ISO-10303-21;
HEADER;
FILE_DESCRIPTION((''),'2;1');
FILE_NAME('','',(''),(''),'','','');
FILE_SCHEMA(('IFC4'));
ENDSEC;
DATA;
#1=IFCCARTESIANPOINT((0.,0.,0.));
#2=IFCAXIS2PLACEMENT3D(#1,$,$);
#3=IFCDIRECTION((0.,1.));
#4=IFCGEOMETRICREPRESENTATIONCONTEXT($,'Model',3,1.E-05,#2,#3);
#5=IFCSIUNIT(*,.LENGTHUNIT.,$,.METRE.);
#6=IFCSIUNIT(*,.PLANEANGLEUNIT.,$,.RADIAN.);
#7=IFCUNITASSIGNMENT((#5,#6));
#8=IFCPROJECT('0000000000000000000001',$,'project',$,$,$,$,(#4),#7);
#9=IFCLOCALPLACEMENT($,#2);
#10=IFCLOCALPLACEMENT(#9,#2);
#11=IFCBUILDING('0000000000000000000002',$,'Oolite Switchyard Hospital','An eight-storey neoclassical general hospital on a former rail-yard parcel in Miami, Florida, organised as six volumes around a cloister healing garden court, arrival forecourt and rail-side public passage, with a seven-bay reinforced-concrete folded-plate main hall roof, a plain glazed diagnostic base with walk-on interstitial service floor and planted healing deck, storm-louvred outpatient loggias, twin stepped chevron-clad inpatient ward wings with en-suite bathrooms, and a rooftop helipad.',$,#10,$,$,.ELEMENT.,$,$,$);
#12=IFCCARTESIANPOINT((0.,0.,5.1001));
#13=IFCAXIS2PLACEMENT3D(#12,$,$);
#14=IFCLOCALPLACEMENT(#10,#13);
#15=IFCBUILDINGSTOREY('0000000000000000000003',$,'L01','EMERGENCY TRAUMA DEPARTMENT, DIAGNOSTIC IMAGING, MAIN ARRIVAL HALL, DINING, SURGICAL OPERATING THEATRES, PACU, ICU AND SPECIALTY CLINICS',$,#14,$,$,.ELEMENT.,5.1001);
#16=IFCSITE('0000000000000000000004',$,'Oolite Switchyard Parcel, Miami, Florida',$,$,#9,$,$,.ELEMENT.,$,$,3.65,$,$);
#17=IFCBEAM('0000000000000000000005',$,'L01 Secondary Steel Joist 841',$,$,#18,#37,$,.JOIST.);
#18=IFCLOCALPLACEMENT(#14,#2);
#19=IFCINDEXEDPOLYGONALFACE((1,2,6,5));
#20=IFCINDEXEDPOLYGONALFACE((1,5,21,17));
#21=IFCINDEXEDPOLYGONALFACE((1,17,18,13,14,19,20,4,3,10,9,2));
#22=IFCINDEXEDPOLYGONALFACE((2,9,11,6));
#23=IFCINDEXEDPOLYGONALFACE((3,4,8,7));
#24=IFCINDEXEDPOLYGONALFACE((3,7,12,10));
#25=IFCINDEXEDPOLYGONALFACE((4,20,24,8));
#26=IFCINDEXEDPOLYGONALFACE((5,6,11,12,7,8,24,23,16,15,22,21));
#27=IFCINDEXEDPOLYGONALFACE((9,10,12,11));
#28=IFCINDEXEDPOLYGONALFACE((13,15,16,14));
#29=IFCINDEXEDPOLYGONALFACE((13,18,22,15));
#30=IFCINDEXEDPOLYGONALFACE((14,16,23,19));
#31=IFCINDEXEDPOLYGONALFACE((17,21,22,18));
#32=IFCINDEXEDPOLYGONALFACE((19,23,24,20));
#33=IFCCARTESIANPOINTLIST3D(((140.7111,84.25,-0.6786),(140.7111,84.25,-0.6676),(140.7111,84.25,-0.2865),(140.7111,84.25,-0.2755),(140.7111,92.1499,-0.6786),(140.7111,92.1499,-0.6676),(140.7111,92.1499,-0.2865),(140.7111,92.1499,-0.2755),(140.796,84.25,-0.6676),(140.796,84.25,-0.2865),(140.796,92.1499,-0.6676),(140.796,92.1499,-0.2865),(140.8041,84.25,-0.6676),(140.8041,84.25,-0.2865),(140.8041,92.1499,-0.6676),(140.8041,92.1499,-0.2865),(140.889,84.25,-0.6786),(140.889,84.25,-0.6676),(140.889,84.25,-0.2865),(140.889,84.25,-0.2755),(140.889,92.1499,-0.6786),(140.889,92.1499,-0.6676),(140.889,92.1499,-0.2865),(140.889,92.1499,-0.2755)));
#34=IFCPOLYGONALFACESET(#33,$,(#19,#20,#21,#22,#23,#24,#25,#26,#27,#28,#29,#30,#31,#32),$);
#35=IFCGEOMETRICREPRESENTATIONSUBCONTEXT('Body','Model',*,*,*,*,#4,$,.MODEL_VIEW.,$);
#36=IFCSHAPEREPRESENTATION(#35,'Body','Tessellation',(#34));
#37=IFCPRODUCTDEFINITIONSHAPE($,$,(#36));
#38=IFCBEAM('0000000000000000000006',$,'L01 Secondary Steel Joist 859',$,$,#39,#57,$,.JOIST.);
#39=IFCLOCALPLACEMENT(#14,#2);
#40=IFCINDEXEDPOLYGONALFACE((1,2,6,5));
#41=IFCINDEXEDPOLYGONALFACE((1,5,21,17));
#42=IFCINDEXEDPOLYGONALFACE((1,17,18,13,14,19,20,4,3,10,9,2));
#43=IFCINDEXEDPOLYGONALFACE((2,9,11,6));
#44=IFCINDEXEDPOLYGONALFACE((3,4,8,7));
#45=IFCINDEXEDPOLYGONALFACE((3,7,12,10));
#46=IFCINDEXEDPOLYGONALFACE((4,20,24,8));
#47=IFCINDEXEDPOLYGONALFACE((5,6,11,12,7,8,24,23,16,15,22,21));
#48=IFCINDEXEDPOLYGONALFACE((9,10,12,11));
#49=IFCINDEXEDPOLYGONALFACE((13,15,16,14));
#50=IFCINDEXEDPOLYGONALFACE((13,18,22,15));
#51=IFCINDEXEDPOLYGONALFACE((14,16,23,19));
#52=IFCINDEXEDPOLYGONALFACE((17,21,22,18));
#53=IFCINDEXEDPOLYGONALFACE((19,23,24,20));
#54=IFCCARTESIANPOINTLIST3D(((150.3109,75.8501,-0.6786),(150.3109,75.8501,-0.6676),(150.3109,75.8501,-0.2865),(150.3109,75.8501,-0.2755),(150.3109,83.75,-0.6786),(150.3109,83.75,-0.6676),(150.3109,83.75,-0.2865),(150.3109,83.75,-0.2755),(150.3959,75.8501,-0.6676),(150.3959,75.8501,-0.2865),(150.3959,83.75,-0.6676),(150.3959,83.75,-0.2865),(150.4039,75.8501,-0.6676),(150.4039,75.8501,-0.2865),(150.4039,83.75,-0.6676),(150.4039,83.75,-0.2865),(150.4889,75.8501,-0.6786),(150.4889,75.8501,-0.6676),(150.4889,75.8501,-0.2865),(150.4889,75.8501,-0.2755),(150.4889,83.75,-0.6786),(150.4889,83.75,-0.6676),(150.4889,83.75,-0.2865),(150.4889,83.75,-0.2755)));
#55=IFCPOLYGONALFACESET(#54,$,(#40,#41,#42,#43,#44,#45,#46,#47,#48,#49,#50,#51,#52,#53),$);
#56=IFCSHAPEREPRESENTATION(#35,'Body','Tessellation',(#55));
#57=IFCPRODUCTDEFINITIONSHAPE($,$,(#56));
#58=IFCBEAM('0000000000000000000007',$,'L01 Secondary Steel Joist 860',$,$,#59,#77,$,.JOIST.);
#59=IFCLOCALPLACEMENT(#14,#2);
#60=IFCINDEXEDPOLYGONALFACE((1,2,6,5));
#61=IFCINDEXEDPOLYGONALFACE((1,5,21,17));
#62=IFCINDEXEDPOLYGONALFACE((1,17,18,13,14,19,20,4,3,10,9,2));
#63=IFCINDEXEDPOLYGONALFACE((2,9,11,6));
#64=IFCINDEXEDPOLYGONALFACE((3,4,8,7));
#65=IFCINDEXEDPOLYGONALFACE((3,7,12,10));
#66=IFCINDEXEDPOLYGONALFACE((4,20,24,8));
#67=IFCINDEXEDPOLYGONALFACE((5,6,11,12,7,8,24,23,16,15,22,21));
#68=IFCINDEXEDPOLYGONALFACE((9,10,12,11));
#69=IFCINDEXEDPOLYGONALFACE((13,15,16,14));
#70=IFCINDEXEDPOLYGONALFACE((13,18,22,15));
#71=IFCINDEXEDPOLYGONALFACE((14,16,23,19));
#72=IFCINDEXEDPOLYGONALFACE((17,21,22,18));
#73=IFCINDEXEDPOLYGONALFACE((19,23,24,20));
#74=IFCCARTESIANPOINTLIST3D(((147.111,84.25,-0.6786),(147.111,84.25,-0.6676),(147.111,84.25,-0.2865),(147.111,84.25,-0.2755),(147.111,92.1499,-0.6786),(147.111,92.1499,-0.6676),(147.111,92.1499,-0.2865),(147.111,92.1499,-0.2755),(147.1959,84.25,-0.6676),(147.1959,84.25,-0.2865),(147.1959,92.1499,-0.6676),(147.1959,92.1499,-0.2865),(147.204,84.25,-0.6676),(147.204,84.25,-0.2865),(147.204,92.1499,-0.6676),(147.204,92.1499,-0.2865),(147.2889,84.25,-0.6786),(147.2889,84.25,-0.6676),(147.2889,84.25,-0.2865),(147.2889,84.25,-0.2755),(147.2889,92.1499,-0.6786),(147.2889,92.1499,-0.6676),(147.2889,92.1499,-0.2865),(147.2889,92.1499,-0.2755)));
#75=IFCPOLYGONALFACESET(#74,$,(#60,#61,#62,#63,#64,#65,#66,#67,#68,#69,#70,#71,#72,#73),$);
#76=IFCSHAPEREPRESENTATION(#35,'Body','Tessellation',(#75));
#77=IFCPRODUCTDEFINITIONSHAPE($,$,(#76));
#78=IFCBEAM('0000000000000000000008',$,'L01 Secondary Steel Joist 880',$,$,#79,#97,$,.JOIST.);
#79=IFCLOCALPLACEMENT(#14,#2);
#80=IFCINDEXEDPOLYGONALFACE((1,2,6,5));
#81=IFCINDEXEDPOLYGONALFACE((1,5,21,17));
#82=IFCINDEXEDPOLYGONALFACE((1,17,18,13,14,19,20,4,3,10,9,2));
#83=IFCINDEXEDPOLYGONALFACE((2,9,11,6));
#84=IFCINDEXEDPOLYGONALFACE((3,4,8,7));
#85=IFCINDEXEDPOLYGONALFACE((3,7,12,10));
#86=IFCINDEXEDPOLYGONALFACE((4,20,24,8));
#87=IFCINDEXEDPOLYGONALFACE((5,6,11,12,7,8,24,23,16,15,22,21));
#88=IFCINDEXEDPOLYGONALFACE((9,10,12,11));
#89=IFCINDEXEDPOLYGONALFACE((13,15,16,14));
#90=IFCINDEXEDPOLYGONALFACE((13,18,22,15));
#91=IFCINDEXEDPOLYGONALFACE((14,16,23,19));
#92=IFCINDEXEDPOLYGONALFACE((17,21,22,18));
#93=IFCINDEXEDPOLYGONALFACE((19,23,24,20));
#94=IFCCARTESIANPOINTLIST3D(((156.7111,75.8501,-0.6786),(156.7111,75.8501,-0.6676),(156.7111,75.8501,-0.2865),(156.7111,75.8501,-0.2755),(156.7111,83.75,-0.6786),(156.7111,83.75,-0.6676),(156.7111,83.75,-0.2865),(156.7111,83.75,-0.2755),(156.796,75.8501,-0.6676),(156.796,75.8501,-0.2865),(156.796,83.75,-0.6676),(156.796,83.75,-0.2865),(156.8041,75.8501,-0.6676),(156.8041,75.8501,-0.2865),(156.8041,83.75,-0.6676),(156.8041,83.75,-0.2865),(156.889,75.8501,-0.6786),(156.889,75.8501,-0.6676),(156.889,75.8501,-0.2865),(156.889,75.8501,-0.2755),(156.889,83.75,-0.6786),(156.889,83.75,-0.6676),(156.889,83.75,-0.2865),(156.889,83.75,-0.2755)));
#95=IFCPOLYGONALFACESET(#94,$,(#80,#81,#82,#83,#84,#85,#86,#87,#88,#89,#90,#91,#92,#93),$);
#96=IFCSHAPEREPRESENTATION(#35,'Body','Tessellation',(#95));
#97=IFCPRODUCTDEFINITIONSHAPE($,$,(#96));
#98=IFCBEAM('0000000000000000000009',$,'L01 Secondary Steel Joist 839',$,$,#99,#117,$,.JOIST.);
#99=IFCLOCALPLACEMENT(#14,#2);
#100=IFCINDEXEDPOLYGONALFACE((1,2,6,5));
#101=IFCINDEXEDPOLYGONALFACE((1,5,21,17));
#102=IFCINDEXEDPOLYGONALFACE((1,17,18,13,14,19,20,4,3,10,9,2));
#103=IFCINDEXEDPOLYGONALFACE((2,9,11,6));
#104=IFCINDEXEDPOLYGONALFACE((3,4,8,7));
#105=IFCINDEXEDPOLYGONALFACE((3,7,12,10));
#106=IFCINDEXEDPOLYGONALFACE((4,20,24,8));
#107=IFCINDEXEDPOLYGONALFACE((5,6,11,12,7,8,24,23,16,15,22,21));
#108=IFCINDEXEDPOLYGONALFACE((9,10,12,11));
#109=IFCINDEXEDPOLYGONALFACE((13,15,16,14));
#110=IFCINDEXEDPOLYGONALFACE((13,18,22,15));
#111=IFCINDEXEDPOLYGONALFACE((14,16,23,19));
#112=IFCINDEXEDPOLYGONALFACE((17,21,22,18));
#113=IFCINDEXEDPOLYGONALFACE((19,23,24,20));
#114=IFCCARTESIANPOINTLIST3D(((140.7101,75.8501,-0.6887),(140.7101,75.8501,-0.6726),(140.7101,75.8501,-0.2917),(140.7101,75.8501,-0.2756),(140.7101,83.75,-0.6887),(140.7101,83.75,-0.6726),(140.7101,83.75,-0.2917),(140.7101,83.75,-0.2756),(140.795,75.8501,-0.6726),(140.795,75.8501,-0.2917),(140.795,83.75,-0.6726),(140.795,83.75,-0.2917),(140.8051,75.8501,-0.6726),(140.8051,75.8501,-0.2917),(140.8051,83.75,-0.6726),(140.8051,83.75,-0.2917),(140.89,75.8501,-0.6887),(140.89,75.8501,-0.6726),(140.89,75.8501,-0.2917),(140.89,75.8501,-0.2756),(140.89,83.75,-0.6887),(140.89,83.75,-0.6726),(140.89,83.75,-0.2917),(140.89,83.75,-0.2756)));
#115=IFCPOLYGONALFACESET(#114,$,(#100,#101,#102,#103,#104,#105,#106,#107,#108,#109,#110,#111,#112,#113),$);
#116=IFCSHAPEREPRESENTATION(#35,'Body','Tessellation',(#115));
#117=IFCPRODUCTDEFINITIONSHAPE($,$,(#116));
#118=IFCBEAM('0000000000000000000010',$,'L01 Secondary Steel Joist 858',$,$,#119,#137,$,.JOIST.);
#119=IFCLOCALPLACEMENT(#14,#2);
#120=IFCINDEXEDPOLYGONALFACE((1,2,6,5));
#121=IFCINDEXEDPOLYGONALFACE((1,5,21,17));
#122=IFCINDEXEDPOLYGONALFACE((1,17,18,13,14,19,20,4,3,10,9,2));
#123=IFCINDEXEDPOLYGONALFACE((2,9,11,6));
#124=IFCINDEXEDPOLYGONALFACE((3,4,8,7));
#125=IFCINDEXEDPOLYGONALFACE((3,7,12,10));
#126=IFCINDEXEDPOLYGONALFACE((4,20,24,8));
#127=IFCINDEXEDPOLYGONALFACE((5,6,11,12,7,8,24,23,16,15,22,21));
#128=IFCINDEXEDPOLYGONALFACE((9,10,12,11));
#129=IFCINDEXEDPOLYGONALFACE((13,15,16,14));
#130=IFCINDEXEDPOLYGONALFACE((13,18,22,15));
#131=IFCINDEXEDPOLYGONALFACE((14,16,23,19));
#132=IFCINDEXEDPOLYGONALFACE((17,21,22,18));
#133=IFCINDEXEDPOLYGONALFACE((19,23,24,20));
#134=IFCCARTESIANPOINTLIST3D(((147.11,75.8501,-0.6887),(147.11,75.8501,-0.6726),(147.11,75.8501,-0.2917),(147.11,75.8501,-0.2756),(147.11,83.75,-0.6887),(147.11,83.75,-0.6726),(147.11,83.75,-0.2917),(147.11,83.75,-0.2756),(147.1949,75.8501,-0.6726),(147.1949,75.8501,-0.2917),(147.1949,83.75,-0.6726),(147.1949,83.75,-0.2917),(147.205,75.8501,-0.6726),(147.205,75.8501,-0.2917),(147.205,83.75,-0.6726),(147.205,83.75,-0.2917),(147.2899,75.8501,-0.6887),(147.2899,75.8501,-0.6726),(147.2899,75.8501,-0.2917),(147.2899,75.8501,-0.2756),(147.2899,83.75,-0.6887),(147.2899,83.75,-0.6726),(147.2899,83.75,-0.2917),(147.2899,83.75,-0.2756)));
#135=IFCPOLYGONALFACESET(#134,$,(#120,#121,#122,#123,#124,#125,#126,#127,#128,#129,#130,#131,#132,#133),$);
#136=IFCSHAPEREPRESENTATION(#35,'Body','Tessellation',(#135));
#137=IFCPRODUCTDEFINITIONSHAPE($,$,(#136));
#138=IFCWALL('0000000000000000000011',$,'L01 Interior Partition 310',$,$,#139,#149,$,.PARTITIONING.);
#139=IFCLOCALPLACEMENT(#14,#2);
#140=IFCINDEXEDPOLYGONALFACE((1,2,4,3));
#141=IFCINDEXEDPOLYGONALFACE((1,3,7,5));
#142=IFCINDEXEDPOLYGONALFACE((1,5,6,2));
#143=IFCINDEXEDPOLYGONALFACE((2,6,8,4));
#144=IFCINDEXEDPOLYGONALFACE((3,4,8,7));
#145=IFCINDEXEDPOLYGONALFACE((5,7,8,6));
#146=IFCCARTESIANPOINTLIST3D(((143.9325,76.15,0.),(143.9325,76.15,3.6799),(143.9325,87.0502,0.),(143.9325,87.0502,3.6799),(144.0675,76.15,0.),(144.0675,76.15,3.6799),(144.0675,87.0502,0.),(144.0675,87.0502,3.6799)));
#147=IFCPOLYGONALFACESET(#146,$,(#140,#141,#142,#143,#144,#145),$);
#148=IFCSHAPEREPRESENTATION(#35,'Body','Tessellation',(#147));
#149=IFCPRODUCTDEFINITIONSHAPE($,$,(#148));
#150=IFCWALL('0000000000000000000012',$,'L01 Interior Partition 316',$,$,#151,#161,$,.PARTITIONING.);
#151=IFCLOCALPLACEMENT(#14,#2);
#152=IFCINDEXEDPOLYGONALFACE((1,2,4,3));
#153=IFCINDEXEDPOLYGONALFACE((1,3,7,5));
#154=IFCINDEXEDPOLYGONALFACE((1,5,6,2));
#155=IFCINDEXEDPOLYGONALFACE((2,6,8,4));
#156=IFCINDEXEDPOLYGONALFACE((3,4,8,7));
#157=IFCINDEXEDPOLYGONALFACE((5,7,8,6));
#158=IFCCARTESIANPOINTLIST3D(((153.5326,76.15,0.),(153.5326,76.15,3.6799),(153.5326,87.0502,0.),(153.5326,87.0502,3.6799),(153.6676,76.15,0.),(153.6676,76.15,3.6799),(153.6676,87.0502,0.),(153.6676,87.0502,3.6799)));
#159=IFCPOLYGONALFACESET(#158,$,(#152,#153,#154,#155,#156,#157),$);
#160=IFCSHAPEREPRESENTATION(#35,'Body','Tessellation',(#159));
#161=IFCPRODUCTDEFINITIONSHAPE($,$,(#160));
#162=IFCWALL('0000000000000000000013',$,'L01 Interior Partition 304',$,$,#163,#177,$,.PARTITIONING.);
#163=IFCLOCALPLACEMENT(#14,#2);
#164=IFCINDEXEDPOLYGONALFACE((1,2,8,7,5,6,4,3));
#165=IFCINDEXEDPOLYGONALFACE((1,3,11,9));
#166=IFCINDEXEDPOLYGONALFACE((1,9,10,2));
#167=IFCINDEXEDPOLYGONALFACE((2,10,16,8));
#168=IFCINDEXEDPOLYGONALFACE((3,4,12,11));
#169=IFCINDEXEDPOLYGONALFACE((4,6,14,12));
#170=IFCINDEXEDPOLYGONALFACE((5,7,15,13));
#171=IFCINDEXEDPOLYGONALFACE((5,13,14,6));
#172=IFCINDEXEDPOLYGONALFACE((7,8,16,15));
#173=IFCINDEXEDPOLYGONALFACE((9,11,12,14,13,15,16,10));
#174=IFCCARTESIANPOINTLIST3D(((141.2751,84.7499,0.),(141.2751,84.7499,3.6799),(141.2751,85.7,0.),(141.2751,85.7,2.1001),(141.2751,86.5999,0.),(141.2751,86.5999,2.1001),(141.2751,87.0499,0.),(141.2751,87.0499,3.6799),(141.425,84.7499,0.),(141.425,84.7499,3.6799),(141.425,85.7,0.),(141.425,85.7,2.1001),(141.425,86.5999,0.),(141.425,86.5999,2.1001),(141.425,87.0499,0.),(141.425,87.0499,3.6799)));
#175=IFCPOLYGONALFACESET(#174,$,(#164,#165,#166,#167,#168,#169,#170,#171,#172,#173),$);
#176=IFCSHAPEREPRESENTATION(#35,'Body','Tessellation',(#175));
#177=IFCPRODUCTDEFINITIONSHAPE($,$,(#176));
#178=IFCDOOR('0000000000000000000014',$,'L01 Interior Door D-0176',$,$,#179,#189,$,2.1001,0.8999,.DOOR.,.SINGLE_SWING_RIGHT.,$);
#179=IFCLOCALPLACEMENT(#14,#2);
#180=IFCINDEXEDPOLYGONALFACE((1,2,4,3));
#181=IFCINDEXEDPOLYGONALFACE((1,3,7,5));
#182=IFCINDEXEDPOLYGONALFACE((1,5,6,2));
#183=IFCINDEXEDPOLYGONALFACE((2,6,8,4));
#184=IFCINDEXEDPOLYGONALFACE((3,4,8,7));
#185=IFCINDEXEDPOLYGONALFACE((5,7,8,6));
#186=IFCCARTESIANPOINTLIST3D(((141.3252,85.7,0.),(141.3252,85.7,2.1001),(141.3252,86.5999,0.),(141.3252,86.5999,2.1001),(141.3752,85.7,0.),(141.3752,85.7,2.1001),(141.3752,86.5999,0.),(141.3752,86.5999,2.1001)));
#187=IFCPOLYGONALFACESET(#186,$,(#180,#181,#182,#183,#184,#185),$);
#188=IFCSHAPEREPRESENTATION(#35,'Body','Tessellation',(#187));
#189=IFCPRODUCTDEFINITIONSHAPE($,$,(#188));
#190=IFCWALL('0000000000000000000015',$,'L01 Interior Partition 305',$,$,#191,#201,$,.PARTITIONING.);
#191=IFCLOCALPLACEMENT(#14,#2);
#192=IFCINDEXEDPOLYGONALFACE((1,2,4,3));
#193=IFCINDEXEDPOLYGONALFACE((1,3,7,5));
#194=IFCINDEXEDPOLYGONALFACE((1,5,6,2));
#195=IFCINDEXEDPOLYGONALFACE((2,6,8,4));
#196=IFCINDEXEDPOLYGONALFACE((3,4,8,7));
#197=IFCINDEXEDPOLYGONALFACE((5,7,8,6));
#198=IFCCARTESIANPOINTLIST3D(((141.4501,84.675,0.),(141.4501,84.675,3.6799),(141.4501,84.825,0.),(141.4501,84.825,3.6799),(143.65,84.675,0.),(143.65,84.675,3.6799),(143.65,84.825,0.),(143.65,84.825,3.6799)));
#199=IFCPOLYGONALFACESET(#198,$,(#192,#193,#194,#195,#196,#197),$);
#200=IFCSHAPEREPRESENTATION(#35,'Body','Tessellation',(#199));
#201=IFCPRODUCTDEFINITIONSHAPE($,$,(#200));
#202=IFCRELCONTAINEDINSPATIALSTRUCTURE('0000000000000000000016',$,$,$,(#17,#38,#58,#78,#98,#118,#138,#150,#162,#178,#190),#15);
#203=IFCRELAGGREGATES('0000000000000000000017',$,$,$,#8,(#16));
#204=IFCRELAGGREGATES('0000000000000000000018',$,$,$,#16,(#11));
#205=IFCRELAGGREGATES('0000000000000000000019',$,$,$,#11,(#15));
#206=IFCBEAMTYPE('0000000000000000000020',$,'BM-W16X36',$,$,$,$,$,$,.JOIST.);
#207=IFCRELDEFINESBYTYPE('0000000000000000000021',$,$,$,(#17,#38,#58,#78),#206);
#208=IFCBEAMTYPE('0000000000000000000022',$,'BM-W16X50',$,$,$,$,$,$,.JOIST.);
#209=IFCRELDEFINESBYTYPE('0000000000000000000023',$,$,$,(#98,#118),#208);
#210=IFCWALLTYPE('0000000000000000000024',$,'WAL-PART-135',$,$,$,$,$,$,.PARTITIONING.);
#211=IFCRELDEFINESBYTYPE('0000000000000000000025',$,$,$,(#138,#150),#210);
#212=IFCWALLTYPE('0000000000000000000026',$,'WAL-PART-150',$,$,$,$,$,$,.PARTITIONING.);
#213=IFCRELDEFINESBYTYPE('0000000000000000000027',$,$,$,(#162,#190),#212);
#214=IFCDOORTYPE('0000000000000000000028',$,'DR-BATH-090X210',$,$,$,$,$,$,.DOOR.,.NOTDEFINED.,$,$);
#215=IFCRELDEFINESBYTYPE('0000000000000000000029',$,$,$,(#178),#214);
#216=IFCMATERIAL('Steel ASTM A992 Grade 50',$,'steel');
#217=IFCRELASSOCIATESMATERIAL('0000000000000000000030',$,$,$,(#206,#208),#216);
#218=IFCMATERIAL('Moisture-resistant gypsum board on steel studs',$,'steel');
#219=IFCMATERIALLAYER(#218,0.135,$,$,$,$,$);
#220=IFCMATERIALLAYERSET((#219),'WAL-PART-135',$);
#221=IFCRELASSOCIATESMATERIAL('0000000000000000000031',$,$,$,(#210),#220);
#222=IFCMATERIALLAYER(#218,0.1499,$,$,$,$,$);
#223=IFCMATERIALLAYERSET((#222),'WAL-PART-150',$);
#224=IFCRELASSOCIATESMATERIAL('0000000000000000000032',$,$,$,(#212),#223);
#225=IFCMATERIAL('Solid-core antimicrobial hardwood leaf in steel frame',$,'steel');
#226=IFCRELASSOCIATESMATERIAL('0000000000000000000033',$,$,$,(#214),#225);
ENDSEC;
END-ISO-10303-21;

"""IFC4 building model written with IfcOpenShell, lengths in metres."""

from ifc_helpers import new_model, si_unit, direction, frame, frame_2d, origin, origin_2d, place, context, subcontext, project, spatial, rectangle, i_section, extrude, material, layer, layer_set, material_profile, profile_set, type_object, element, fill, save


model = new_model("IFC4")

# Units and contexts
model_context = context("Model", 3, precision=1e-05, world=origin(), true_north=direction((0.0, 1.0)))
body_context = subcontext(model_context, "Body", "Model", "MODEL_VIEW")
ifc_project = project(units=[si_unit("LENGTHUNIT", "METRE"), si_unit("PLANEANGLEUNIT", "RADIAN")], contexts=[model_context])

# Site, building, storey
site_placement = place(None, origin())
site = spatial("IfcSite", under=ifc_project, at=site_placement, Name="Oolite Switchyard Parcel, Miami, Florida", CompositionType="ELEMENT", RefElevation=3.65)
building_placement = place(site_placement, origin())
building = spatial("IfcBuilding", under=site, at=building_placement, Name="Oolite Switchyard Hospital", Description="An eight-storey neoclassical general hospital on a former rail-yard parcel in Miami, Florida, organised as six volumes around a cloister healing garden court, arrival forecourt and rail-side public passage, with a seven-bay reinforced-concrete folded-plate main hall roof, a plain glazed diagnostic base with walk-on interstitial service floor and planted healing deck, storm-louvred outpatient loggias, twin stepped chevron-clad inpatient ward wings with en-suite bathrooms, and a rooftop helipad.", CompositionType="ELEMENT")
storey_placement = place(building_placement, frame((0.0, 0.0, 5.1001)))
storey = spatial("IfcBuildingStorey", under=building, at=storey_placement, Name="L01", Description="EMERGENCY TRAUMA DEPARTMENT, DIAGNOSTIC IMAGING, MAIN ARRIVAL HALL, DINING, SURGICAL OPERATING THEATRES, PACU, ICU AND SPECIALTY CLINICS", CompositionType="ELEMENT", Elevation=5.1001)

# Beams
ifc_material_1 = material(Name="Steel ASTM A992 Grade 50", Category="steel")
ifc_material_profile_1 = material_profile(ifc_material_1, i_section(OverallWidth=0.178, OverallDepth=0.4031, WebThickness=0.0081, FlangeThickness=0.011, at=origin_2d()), Name="W16X36")
ifc_profile_set_1 = profile_set([ifc_material_profile_1], Name="Steel ASTM A992 Grade 50")
beam_type_1 = type_object("IfcBeamType", Name="BM-W16X36", PredefinedType="JOIST", material=ifc_profile_set_1)
for number, where, z_axis, x_axis, name in (
    (1, (140.8, 84.25, -0.4771), (0.0, 1.0, 0.0), (-1.0, 0.0, 0.0), "L01 Secondary Steel Joist 841"),
    (2, (150.3999, 75.8501, -0.4771), (0.0, 1.0, 0.0), (-1.0, 0.0, 0.0), "L01 Secondary Steel Joist 859"),
    (3, (147.2, 84.25, -0.4771), (0.0, 1.0, 0.0), (-1.0, 0.0, 0.0), "L01 Secondary Steel Joist 860"),
    (4, (156.8, 75.8501, -0.4771), (0.0, 1.0, 0.0), (-1.0, 0.0, 0.0), "L01 Secondary Steel Joist 880"),
):
    element("IfcBeam", number, at=place(storey_placement, frame(where, z_axis=z_axis, x_axis=x_axis)), inside=storey, type_object=beam_type_1, Name=name, PredefinedType="JOIST", context=body_context, shape_type="SweptSolid", body=[
        extrude(i_section(OverallWidth=0.178, OverallDepth=0.4031, WebThickness=0.0081, FlangeThickness=0.011, at=origin_2d()), origin(), (0.0, 0.0, 1.0), 7.8999),
    ])
ifc_material_profile_2 = material_profile(ifc_material_1, i_section(OverallWidth=0.1799, OverallDepth=0.4131, WebThickness=0.01, FlangeThickness=0.0161, at=origin_2d()), Name="W16X50")
ifc_profile_set_2 = profile_set([ifc_material_profile_2], Name="Steel ASTM A992 Grade 50")
beam_type_2 = type_object("IfcBeamType", Name="BM-W16X50", PredefinedType="JOIST", material=ifc_profile_set_2)
for number, where, z_axis, x_axis, name in (
    (5, (140.8, 75.8501, -0.4822), (0.0, 1.0, 0.0), (-1.0, 0.0, 0.0), "L01 Secondary Steel Joist 839"),
    (6, (147.2, 75.8501, -0.4822), (0.0, 1.0, 0.0), (-1.0, 0.0, 0.0), "L01 Secondary Steel Joist 858"),
):
    element("IfcBeam", number, at=place(storey_placement, frame(where, z_axis=z_axis, x_axis=x_axis)), inside=storey, type_object=beam_type_2, Name=name, PredefinedType="JOIST", context=body_context, shape_type="SweptSolid", body=[
        extrude(i_section(OverallWidth=0.1799, OverallDepth=0.4131, WebThickness=0.01, FlangeThickness=0.0161, at=origin_2d()), origin(), (0.0, 0.0, 1.0), 7.8999),
    ])

# Walls
ifc_material_2 = material(Name="Moisture-resistant gypsum board on steel studs", Category="steel")
ifc_layer_1 = layer(ifc_material_2, 0.135)
ifc_layer_set_1 = layer_set([ifc_layer_1], Name="WAL-PART-135")
wall_type_1 = type_object("IfcWallType", Name="WAL-PART-135", PredefinedType="PARTITIONING", material=ifc_layer_set_1)
for number, where, z_axis, x_axis, name in (
    (7, (144.0, 76.1499, 0.0), (0.0, 0.0, 1.0), (0.0, 1.0, 0.0), "L01 Interior Partition 310"),
    (8, (153.6001, 76.1499, 0.0), (0.0, 0.0, 1.0), (0.0, 1.0, 0.0), "L01 Interior Partition 316"),
):
    element("IfcWall", number, at=place(storey_placement, frame(where, z_axis=z_axis, x_axis=x_axis)), inside=storey, type_object=wall_type_1, Name=name, PredefinedType="PARTITIONING", context=body_context, shape_type="SweptSolid", body=[
        extrude(rectangle(XDim=10.9001, YDim=0.135, at=frame_2d((5.4502, 0.0))), origin(), (0.0, 0.0, 1.0), 3.6799),
    ])

# Wall, opening, door
ifc_layer_2 = layer(ifc_material_2, 0.1499)
ifc_layer_set_2 = layer_set([ifc_layer_2], Name="WAL-PART-150")
wall_type_2 = type_object("IfcWallType", Name="WAL-PART-150", PredefinedType="PARTITIONING", material=ifc_layer_set_2)
wall_1_placement = place(storey_placement, frame((141.3501, 84.75, 0.0), z_axis=(0.0, 0.0, 1.0), x_axis=(0.0, 1.0, 0.0)))
wall_1 = element("IfcWall", 9, at=wall_1_placement, inside=storey, type_object=wall_type_2, Name="L01 Interior Partition 304", PredefinedType="PARTITIONING", context=body_context, shape_type="SweptSolid", body=[
    extrude(rectangle(XDim=2.3, YDim=0.1499, at=frame_2d((1.1499, 0.0))), origin(), (0.0, 0.0, 1.0), 3.6799),
])
opening_1_placement = place(wall_1_placement, frame((0.95, 0.0, 0.0)))
opening_1 = element("IfcOpeningElement", 10, at=opening_1_placement, cuts=wall_1, PredefinedType="OPENING", context=body_context, shape_type="SweptSolid", body=[
    extrude(rectangle(XDim=0.8999, YDim=2.1001, at=frame_2d((0.45, 1.05))), frame((0.0, 0.085, 0.0), z_axis=(0.0, -1.0, 0.0), x_axis=(1.0, 0.0, 0.0)), (0.0, 0.0, 1.0), 0.1699),
])
ifc_material_3 = material(Name="Solid-core antimicrobial hardwood leaf in steel frame", Category="steel")
door_type = type_object("IfcDoorType", Name="DR-BATH-090X210", OperationType="NOTDEFINED", PredefinedType="DOOR", material=ifc_material_3)
door_1_placement = place(opening_1_placement, origin())
door_1 = element("IfcDoor", 11, at=door_1_placement, inside=storey, type_object=door_type, Name="L01 Interior Door D-0176", OperationType="SINGLE_SWING_RIGHT", OverallHeight=2.1001, OverallWidth=0.8999, PredefinedType="DOOR", context=body_context, shape_type="SweptSolid", body=[
    extrude(rectangle(XDim=0.8999, YDim=2.1001, at=frame_2d((0.45, 1.05))), frame((0.0, 0.0249, 0.0), z_axis=(0.0, -1.0, 0.0), x_axis=(1.0, 0.0, 0.0)), (0.0, 0.0, 1.0), 0.05),
])
fill(opening_1, door_1)

# Wall
wall_2_placement = place(storey_placement, frame((141.45, 84.75, 0.0), z_axis=(0.0, 0.0, 1.0), x_axis=(1.0, 0.0, 0.0)))
element("IfcWall", 12, at=wall_2_placement, inside=storey, type_object=wall_type_2, Name="L01 Interior Partition 305", PredefinedType="PARTITIONING", context=body_context, shape_type="SweptSolid", body=[
    extrude(rectangle(XDim=2.2, YDim=0.1499, at=frame_2d((1.1001, 0.0))), origin(), (0.0, 0.0, 1.0), 3.6799),
])

save(model, "model.ifc")
